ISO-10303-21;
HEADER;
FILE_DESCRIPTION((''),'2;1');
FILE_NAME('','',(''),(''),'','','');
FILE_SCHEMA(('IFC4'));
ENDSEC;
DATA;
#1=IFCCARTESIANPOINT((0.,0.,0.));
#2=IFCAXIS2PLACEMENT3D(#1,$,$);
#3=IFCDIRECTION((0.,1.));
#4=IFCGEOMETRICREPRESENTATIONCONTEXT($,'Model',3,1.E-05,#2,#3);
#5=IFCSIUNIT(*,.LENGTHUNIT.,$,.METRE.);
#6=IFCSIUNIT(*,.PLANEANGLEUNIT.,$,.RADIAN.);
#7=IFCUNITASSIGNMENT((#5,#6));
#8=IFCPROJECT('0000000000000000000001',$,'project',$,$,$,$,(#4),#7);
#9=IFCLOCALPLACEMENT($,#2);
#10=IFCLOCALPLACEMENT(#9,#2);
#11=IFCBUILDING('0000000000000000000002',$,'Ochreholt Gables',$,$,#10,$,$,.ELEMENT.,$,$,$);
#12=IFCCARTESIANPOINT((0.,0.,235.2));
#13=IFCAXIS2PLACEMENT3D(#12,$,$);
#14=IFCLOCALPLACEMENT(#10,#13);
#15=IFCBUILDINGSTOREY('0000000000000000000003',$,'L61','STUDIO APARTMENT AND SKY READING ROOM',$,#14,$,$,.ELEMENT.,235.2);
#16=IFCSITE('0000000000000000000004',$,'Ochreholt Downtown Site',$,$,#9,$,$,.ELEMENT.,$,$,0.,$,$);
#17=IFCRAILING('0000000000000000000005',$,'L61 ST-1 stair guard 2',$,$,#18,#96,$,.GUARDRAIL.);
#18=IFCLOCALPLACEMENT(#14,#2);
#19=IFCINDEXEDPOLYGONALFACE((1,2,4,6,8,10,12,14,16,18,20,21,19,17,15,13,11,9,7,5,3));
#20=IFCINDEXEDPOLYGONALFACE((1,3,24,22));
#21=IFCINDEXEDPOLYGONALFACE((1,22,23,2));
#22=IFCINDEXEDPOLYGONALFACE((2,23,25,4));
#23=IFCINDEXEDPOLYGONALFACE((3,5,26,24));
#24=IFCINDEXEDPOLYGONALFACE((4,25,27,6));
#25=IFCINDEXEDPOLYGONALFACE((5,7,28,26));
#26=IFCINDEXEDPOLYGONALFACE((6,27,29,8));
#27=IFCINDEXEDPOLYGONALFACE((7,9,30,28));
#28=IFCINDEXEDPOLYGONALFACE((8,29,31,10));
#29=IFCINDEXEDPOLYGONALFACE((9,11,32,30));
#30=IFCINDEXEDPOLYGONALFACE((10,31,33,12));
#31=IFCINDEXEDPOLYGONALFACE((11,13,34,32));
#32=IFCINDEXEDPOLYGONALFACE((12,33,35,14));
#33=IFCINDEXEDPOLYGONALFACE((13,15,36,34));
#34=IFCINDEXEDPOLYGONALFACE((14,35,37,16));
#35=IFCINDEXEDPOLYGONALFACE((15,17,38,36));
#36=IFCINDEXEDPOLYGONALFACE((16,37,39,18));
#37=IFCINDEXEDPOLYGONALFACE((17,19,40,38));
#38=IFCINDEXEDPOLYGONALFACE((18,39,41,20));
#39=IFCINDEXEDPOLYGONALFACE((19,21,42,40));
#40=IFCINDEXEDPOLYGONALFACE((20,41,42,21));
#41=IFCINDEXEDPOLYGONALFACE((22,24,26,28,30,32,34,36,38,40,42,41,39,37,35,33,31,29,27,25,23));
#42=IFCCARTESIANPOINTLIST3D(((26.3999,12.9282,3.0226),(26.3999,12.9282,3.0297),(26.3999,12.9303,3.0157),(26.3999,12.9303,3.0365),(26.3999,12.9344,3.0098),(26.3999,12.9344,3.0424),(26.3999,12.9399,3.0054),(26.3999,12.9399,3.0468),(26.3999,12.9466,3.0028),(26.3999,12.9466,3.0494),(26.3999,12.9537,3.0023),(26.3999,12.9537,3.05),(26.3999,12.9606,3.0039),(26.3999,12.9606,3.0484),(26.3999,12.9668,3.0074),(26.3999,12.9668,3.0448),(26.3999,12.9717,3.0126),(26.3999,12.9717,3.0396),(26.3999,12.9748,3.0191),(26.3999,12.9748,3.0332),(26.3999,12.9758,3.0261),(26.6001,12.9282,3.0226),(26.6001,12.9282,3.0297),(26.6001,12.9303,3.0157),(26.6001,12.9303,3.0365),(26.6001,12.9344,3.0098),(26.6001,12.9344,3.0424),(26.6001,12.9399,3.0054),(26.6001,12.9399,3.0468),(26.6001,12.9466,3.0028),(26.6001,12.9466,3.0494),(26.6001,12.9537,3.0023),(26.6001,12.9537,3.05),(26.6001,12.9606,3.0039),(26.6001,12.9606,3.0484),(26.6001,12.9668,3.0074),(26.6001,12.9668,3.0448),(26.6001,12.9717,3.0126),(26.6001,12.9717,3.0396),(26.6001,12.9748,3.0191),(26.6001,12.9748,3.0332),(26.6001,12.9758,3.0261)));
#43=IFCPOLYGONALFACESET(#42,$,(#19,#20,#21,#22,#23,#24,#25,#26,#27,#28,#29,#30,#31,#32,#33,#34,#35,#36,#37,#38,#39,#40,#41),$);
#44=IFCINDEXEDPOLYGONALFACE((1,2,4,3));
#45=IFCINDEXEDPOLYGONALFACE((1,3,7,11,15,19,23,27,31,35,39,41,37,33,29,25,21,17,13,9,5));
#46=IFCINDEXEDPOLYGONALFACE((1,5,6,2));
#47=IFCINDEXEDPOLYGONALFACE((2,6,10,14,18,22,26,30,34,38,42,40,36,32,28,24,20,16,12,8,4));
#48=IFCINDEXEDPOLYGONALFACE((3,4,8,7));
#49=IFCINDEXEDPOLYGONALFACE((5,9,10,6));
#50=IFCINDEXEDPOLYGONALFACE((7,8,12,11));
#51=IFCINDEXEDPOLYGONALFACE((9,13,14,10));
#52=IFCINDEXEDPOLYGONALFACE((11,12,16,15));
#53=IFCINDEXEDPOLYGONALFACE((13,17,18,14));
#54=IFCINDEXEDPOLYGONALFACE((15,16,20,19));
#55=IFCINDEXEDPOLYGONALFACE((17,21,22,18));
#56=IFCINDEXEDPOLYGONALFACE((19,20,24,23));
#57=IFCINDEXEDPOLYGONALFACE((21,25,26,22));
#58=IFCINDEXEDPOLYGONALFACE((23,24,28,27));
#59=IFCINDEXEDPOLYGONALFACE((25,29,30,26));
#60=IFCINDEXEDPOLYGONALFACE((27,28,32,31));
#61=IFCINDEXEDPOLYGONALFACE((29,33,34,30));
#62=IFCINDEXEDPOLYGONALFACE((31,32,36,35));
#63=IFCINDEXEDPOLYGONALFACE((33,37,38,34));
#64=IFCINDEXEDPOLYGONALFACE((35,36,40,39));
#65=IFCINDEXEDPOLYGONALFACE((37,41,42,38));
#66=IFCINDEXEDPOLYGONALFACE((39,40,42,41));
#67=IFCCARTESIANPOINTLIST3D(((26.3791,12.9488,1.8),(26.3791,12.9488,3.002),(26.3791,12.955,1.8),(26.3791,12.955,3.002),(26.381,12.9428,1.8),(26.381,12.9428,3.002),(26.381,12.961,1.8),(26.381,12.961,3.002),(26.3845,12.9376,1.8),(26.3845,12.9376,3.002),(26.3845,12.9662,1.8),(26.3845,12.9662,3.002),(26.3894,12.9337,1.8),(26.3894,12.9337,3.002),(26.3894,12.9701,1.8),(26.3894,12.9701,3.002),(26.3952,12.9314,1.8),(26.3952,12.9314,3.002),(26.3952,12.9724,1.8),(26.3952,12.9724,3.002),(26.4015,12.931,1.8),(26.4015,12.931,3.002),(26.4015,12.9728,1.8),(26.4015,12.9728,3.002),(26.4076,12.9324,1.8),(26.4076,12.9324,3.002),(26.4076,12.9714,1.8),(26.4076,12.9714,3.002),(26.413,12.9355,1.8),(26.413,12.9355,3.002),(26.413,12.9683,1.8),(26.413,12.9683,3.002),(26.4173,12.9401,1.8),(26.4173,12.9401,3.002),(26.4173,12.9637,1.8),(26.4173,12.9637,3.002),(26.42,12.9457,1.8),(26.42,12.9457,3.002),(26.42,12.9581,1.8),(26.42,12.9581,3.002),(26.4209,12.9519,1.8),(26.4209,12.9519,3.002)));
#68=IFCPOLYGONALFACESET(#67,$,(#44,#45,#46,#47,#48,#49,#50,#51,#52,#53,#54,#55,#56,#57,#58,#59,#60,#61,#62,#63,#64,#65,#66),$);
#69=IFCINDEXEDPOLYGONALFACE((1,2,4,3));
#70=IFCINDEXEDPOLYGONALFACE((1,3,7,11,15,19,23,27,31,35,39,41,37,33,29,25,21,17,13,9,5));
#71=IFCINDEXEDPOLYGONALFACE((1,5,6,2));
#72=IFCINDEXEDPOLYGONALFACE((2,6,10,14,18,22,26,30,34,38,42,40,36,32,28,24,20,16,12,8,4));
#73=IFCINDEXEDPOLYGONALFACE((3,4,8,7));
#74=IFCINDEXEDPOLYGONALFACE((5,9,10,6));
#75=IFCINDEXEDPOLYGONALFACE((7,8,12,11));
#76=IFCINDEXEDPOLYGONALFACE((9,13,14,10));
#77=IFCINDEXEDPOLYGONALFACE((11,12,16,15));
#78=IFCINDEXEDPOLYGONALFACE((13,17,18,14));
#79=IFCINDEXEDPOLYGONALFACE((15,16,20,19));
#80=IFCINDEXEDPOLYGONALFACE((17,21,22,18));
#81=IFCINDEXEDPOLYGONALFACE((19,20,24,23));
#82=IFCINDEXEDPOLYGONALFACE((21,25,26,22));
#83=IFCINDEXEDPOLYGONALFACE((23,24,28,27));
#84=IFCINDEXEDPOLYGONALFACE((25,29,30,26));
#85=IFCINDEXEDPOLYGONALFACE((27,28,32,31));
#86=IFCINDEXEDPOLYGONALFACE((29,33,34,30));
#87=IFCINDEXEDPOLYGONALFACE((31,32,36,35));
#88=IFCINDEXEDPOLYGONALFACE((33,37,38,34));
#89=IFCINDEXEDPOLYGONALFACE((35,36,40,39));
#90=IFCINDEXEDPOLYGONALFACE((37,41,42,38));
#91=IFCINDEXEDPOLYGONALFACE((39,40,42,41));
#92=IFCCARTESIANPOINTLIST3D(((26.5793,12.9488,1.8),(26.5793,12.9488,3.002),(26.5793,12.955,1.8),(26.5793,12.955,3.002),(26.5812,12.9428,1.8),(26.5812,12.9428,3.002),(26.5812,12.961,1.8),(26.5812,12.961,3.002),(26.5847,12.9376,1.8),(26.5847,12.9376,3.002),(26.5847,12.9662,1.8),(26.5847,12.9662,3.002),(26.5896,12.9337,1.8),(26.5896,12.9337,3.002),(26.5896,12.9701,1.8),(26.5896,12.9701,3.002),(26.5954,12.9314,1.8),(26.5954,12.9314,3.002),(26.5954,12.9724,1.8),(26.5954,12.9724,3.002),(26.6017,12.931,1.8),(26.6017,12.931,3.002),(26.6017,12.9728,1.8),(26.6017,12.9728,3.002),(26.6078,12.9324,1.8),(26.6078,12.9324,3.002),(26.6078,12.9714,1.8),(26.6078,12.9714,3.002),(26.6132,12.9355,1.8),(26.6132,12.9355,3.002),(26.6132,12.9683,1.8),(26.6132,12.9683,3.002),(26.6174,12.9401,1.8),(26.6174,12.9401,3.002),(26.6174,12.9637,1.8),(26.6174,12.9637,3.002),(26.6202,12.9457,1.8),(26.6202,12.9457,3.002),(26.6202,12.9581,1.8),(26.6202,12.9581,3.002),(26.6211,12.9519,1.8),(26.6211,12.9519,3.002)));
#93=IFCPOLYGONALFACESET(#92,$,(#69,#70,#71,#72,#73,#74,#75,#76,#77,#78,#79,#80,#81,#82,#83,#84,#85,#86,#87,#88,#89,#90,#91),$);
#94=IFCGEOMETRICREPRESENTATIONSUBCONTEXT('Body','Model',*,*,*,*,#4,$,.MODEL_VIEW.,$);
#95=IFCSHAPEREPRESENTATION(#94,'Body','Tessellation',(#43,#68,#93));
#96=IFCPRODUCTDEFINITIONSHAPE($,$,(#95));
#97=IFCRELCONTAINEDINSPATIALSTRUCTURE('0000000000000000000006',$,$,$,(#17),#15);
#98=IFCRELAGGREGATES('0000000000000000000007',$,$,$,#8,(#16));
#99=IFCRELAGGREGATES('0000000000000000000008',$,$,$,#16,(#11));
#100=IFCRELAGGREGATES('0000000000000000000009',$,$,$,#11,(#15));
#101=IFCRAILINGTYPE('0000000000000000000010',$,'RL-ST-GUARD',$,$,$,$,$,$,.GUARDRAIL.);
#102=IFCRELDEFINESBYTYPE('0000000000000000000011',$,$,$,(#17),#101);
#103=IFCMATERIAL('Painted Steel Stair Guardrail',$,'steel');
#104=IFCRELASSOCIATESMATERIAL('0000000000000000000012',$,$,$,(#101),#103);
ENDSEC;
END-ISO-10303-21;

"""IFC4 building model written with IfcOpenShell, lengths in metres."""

from ifc_helpers import new_model, si_unit, direction, frame, origin, origin_2d, place, context, subcontext, project, spatial, circle, extrude, material, type_object, element, save


model = new_model("IFC4")

# Units and contexts
model_context = context("Model", 3, precision=1e-05, world=origin(), true_north=direction((0.0, 1.0)))
body_context = subcontext(model_context, "Body", "Model", "MODEL_VIEW")
ifc_project = project(units=[si_unit("LENGTHUNIT", "METRE"), si_unit("PLANEANGLEUNIT", "RADIAN")], contexts=[model_context])

# Site, building, storey
site_placement = place(None, origin())
site = spatial("IfcSite", under=ifc_project, at=site_placement, Name="Ochreholt Downtown Site", CompositionType="ELEMENT", RefElevation=0.0)
building_placement = place(site_placement, origin())
building = spatial("IfcBuilding", under=site, at=building_placement, Name="Ochreholt Gables", CompositionType="ELEMENT")
storey_placement = place(building_placement, frame((0.0, 0.0, 235.2)))
storey = spatial("IfcBuildingStorey", under=building, at=storey_placement, Name="L61", Description="STUDIO APARTMENT AND SKY READING ROOM", CompositionType="ELEMENT", Elevation=235.2)

# Railing
ifc_material_1 = material(Name="Painted Steel Stair Guardrail", Category="steel")
railing_type_1 = type_object("IfcRailingType", Name="RL-ST-GUARD", PredefinedType="GUARDRAIL", material=ifc_material_1)
railing_1_placement = place(storey_placement, frame((26.3999, 12.9519, 1.8)))
element("IfcRailing", 1, at=railing_1_placement, inside=storey, type_object=railing_type_1, Name="L61 ST-1 stair guard 2", PredefinedType="GUARDRAIL", context=body_context, shape_type="SweptSolid", body=[
    extrude(circle(Radius=0.0239, at=origin_2d()), frame((0.0, 0.0, 1.2261), z_axis=(1.0, 0.0, 0.0), x_axis=(0.0, 1.0, 0.0)), (0.0, 0.0, 1.0), 0.2002),
    extrude(circle(Radius=0.021, at=origin_2d()), origin(), (0.0, 0.0, 1.0), 1.2019),
    extrude(circle(Radius=0.021, at=origin_2d()), frame((0.2002, 0.0, 0.0)), (0.0, 0.0, 1.0), 1.2019),
])

save(model, "model.ifc")
